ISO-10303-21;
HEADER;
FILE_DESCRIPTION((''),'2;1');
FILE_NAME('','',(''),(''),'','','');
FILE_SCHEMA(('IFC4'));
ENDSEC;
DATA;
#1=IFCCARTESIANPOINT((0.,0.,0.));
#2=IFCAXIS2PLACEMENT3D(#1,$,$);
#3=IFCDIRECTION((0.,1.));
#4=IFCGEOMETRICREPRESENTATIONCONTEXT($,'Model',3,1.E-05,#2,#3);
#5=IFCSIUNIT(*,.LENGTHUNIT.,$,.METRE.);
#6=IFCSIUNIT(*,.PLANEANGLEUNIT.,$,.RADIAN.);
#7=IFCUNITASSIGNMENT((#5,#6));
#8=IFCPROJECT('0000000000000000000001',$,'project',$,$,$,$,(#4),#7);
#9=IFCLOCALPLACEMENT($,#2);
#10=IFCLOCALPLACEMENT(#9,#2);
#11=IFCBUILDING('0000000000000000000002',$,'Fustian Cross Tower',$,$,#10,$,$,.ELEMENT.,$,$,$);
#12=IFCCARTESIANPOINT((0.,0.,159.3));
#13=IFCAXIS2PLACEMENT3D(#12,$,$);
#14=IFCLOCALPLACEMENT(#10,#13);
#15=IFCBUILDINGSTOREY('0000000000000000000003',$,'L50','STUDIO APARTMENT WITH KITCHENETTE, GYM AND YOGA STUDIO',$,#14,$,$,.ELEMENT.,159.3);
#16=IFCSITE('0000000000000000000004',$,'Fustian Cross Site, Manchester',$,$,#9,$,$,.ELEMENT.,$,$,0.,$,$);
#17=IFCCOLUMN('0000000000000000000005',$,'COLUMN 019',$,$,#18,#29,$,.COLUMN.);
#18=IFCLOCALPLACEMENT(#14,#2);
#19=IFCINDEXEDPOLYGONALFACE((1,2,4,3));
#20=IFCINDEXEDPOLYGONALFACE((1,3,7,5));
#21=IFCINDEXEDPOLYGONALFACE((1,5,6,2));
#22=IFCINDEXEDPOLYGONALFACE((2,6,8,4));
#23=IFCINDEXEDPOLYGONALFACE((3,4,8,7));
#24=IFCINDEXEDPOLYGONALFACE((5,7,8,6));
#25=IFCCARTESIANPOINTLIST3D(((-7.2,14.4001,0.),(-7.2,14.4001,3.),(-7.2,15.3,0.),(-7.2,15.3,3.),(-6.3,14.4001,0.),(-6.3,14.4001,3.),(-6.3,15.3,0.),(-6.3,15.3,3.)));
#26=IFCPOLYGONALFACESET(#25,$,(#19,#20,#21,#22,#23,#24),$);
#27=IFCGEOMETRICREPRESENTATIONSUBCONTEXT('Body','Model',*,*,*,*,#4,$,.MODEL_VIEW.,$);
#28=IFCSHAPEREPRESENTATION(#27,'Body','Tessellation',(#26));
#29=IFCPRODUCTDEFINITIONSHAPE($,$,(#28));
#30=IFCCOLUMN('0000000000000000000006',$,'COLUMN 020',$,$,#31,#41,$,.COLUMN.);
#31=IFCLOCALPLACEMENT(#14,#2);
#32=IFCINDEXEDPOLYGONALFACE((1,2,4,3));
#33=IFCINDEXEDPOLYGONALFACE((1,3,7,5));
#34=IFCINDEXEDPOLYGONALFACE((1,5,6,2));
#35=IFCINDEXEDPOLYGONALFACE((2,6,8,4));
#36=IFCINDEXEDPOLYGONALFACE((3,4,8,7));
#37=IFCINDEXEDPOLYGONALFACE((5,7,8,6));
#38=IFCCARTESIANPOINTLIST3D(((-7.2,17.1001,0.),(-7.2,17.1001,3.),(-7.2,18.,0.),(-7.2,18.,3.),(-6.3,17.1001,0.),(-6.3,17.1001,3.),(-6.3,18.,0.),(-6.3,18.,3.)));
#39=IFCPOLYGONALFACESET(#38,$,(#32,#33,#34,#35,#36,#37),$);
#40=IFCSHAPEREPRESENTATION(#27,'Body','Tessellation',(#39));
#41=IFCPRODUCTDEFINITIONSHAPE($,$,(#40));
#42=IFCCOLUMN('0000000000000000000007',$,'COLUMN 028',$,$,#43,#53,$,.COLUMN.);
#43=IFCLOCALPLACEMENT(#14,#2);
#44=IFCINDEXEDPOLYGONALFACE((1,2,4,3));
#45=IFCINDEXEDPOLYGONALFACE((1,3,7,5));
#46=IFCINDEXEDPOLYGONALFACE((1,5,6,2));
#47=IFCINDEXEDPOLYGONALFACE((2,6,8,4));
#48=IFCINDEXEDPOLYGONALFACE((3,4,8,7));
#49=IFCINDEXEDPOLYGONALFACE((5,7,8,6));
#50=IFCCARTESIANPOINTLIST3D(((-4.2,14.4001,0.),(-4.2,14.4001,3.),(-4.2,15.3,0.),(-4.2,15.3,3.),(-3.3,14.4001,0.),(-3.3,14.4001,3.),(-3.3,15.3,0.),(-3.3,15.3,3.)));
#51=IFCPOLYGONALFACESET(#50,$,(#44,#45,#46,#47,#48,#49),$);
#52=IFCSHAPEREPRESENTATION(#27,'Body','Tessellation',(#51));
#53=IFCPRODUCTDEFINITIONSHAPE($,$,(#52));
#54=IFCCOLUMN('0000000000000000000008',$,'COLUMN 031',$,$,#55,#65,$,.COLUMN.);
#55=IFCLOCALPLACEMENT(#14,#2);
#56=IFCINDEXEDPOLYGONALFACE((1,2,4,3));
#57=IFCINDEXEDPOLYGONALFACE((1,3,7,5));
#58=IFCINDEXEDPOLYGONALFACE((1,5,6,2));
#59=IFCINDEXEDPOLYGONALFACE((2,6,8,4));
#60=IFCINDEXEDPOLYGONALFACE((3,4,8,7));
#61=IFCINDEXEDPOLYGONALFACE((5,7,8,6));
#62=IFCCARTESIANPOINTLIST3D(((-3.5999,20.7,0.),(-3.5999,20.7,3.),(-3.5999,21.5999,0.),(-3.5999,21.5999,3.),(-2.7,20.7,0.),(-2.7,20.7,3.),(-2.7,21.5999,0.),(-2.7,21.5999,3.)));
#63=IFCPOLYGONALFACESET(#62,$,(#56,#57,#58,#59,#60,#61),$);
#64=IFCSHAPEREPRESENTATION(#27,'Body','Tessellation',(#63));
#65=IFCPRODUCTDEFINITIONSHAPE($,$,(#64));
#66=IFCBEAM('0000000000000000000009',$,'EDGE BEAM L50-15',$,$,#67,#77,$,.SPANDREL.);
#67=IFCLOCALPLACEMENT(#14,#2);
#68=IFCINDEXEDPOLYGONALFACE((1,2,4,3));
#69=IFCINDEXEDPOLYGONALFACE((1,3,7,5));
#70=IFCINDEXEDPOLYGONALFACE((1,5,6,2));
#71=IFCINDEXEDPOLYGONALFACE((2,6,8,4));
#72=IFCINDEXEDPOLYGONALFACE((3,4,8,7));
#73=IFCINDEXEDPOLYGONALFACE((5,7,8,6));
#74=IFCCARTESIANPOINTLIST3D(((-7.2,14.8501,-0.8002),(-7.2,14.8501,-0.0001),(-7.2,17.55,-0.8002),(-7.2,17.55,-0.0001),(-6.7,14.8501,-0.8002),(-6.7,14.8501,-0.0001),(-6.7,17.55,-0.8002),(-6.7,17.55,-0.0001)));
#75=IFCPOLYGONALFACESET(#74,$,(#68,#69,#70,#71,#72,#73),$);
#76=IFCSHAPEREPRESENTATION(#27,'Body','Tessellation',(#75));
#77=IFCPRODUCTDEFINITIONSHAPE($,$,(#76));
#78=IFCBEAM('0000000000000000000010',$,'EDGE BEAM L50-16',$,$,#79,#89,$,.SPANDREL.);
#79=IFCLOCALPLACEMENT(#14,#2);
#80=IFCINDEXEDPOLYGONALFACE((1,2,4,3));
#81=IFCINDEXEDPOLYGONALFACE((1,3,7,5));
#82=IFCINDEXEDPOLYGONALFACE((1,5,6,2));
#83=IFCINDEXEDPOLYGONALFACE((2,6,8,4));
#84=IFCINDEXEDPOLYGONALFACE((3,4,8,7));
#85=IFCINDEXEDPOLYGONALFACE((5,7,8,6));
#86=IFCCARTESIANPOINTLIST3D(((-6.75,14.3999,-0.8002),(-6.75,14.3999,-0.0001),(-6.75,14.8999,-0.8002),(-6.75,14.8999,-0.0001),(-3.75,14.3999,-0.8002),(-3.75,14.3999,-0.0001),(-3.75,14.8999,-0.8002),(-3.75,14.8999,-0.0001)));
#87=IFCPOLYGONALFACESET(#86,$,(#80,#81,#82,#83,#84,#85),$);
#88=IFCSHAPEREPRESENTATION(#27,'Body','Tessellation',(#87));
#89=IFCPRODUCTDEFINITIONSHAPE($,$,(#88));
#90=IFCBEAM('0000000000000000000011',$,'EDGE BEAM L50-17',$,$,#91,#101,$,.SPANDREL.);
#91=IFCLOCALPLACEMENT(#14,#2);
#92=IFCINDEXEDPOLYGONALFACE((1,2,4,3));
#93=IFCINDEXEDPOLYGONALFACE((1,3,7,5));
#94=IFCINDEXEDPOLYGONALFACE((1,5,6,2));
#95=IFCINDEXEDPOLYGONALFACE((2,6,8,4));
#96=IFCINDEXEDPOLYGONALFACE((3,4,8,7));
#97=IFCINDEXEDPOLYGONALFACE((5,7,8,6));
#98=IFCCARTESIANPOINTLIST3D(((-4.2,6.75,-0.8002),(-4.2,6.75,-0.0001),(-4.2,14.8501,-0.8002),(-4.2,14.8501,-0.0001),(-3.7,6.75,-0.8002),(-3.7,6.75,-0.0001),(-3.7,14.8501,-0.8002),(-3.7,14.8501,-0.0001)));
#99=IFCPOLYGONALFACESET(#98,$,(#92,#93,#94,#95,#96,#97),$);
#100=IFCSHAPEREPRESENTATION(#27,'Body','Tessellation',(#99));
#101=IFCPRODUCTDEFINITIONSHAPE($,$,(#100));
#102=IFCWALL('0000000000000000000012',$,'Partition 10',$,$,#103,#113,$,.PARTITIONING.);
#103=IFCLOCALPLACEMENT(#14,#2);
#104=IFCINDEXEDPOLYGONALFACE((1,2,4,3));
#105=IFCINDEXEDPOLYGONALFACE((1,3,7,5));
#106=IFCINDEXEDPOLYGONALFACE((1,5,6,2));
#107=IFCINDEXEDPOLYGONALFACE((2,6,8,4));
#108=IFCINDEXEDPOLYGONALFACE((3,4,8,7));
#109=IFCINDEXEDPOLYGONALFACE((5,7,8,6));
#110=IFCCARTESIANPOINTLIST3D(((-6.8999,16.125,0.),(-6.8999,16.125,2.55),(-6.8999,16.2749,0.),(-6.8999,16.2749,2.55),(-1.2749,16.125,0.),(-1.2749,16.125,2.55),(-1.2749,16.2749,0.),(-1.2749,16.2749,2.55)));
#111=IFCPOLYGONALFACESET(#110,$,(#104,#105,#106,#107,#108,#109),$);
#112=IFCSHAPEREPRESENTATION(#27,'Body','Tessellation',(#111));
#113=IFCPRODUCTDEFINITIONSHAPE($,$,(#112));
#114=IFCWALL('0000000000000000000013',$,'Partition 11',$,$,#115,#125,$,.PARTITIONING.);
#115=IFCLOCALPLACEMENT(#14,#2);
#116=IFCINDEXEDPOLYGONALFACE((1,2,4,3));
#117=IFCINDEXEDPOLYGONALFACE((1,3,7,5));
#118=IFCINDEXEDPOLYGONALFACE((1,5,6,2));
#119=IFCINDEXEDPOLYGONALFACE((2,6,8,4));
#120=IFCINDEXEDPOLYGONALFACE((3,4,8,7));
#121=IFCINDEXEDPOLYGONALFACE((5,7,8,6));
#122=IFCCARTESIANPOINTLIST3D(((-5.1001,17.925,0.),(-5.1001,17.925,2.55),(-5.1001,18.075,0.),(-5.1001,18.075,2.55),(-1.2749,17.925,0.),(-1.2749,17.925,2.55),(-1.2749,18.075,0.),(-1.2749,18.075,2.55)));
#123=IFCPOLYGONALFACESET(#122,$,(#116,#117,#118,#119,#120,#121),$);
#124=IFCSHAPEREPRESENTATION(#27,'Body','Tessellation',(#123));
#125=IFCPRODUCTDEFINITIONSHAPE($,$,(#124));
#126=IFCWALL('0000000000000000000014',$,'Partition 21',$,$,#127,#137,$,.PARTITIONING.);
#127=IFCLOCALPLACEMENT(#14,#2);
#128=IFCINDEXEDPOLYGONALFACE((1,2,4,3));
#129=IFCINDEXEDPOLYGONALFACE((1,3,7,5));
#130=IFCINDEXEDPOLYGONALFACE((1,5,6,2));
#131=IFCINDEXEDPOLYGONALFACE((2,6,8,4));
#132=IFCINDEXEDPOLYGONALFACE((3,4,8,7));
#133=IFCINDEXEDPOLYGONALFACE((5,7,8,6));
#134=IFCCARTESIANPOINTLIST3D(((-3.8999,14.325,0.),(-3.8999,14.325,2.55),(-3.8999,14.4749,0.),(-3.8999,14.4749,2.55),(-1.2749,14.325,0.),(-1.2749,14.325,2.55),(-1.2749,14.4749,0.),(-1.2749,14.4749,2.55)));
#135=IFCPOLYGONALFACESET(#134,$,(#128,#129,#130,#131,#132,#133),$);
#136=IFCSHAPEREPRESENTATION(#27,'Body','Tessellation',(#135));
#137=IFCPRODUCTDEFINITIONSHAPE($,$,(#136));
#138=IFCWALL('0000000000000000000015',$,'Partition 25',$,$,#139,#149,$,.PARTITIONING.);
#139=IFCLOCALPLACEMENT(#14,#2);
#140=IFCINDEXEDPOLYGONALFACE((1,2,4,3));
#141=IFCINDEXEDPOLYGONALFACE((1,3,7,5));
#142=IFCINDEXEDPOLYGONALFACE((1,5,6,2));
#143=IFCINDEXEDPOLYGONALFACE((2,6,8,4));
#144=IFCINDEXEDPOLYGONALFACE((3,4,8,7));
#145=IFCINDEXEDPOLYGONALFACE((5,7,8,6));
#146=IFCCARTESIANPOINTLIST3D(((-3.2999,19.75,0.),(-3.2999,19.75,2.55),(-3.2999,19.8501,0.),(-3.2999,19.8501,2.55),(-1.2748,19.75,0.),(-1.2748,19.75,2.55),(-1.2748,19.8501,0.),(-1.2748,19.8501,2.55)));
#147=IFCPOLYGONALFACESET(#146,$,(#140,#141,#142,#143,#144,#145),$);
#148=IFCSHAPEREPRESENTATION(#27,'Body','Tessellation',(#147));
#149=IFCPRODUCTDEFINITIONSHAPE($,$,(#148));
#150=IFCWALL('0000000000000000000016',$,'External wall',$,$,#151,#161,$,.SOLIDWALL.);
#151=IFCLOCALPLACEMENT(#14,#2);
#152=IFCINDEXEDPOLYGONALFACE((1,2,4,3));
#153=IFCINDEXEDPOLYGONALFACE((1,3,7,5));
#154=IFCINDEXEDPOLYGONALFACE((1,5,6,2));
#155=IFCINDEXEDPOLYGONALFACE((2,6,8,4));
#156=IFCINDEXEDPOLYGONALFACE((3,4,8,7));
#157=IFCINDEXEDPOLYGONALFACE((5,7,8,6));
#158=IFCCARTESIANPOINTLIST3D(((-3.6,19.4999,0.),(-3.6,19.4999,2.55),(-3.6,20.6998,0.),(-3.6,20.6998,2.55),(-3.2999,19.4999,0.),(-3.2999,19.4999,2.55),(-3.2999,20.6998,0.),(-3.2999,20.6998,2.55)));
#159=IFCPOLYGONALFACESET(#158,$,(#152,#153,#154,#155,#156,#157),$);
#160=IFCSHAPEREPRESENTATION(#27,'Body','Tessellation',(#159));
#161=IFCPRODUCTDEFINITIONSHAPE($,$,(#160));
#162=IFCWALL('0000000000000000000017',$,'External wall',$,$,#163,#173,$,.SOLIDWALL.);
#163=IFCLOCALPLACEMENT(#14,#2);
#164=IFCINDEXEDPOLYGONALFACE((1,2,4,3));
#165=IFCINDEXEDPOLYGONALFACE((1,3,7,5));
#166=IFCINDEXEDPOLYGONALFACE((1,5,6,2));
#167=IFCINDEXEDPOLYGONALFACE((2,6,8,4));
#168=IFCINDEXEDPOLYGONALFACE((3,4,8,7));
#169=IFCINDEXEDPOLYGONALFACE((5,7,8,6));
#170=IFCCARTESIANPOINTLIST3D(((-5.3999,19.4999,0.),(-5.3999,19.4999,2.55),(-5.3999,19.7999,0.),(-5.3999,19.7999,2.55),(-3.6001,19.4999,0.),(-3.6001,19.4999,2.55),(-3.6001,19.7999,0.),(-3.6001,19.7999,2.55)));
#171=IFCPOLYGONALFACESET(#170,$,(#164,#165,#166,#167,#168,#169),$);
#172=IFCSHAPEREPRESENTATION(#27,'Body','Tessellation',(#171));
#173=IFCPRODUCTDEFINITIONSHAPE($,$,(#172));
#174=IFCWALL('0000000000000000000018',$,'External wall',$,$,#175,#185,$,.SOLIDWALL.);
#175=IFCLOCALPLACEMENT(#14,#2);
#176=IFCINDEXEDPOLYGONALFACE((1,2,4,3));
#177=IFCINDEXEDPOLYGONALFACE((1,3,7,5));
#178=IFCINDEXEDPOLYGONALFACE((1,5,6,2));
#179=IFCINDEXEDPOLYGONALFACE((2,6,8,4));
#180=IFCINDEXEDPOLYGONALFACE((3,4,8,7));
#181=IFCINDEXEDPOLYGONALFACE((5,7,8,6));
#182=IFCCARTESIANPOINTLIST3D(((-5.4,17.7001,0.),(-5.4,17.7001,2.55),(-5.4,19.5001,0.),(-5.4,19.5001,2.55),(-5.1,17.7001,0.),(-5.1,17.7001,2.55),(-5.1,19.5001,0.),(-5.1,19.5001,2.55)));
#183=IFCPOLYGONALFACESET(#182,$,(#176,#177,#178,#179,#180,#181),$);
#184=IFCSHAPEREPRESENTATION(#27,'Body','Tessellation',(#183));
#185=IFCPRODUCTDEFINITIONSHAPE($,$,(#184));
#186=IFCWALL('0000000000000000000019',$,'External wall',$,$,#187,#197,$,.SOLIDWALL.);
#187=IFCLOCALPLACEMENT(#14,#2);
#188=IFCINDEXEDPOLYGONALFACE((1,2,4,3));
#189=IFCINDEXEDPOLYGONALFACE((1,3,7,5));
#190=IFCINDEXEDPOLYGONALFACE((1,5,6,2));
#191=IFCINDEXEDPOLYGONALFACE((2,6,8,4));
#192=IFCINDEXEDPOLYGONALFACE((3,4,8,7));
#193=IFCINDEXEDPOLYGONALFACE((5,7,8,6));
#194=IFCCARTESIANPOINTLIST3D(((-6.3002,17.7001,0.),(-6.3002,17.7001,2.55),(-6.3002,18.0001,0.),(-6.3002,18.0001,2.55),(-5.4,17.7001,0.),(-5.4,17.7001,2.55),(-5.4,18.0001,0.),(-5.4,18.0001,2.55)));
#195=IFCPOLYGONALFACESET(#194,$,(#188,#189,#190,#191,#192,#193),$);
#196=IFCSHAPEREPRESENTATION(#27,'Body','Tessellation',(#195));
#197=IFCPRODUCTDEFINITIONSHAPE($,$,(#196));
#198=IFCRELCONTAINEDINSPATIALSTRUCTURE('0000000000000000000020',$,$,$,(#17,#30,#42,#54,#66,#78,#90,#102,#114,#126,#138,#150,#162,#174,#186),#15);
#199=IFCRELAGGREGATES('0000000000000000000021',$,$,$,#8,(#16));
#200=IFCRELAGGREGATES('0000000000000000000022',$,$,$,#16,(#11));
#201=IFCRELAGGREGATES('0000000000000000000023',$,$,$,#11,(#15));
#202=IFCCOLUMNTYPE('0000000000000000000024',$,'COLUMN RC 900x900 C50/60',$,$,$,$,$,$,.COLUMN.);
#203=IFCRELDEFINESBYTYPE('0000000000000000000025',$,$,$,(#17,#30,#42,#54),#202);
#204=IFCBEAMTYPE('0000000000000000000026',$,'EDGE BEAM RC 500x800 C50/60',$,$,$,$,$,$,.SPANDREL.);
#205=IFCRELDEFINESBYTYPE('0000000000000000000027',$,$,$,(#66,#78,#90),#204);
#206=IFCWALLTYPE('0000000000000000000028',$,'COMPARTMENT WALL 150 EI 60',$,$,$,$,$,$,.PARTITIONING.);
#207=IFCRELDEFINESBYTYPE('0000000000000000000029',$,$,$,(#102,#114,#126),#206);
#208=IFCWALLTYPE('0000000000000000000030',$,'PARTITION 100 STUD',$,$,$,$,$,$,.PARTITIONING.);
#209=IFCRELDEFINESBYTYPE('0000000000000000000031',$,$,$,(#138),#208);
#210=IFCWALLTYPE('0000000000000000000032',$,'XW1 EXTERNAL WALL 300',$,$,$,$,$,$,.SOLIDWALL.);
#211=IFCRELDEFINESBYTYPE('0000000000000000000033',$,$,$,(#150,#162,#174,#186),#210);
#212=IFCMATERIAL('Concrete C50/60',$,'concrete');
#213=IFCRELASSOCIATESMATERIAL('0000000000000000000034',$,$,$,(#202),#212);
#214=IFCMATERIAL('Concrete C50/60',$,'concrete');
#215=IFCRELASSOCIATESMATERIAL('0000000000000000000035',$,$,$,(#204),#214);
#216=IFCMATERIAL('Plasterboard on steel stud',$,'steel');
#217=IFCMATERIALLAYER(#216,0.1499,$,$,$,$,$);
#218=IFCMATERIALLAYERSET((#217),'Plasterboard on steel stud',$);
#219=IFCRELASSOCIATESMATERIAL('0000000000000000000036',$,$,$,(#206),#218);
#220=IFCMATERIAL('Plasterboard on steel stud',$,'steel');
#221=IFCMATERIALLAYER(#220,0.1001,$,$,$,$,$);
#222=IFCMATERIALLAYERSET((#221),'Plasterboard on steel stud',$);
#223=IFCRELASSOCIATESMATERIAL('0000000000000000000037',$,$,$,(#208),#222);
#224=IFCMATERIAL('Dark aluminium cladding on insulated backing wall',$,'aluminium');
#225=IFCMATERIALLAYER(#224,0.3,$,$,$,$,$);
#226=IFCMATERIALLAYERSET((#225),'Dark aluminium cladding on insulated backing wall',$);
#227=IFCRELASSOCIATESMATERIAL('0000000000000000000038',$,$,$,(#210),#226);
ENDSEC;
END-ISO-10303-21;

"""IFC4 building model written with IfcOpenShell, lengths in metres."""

from ifc_helpers import new_model, si_unit, direction, frame, frame_2d, origin, origin_2d, place, context, subcontext, project, spatial, rectangle, extrude, material, layer, layer_set, material_profile, profile_set, type_object, element, save


model = new_model("IFC4")

# Units and contexts
model_context = context("Model", 3, precision=1e-05, world=origin(), true_north=direction((0.0, 1.0)))
body_context = subcontext(model_context, "Body", "Model", "MODEL_VIEW")
ifc_project = project(units=[si_unit("LENGTHUNIT", "METRE"), si_unit("PLANEANGLEUNIT", "RADIAN")], contexts=[model_context])

# Site, building, storey
site_placement = place(None, origin())
site = spatial("IfcSite", under=ifc_project, at=site_placement, Name="Fustian Cross Site, Manchester", CompositionType="ELEMENT", RefElevation=0.0)
building_placement = place(site_placement, origin())
building = spatial("IfcBuilding", under=site, at=building_placement, Name="Fustian Cross Tower", CompositionType="ELEMENT")
storey_placement = place(building_placement, frame((0.0, 0.0, 159.3)))
storey = spatial("IfcBuildingStorey", under=building, at=storey_placement, Name="L50", Description="STUDIO APARTMENT WITH KITCHENETTE, GYM AND YOGA STUDIO", CompositionType="ELEMENT", Elevation=159.3)

# Columns
ifc_material_1 = material(Name="Concrete C50/60", Category="concrete")
ifc_material_profile_1 = material_profile(ifc_material_1, rectangle(XDim=0.8999, YDim=0.8999, at=origin_2d()), Name="RC 900x900")
ifc_profile_set_1 = profile_set([ifc_material_profile_1], Name="Concrete C50/60")
column_type = type_object("IfcColumnType", Name="COLUMN RC 900x900 C50/60", PredefinedType="COLUMN", material=ifc_profile_set_1)
for number, where, z_axis, x_axis, name in (
    (1, (-6.75, 14.8501, 0.0), (0.0, 0.0, 1.0), (1.0, 0.0, 0.0), "COLUMN 019"),
    (2, (-6.75, 17.55, 0.0), (0.0, 0.0, 1.0), (1.0, 0.0, 0.0), "COLUMN 020"),
    (3, (-3.75, 14.8501, 0.0), (0.0, 0.0, 1.0), (1.0, 0.0, 0.0), "COLUMN 028"),
    (4, (-3.1499, 21.1499, 0.0), (0.0, 0.0, 1.0), (1.0, 0.0, 0.0), "COLUMN 031"),
):
    element("IfcColumn", number, at=place(storey_placement, frame(where, z_axis=z_axis, x_axis=x_axis)), inside=storey, type_object=column_type, Name=name, PredefinedType="COLUMN", context=body_context, shape_type="SweptSolid", body=[
        extrude(rectangle(XDim=0.8999, YDim=0.8999, at=origin_2d()), origin(), (0.0, 0.0, 1.0), 3.0),
    ])

# Beams
ifc_material_2 = material(Name="Concrete C50/60", Category="concrete")
ifc_material_profile_2 = material_profile(ifc_material_2, rectangle(XDim=0.5, YDim=0.8, at=origin_2d()), Name="RC 500x800")
ifc_profile_set_2 = profile_set([ifc_material_profile_2], Name="Concrete C50/60")
beam_type = type_object("IfcBeamType", Name="EDGE BEAM RC 500x800 C50/60", PredefinedType="SPANDREL", material=ifc_profile_set_2)
beam_1_placement = place(storey_placement, frame((-6.95, 17.55, -0.4001), z_axis=(0.0, -1.0, 0.0), x_axis=(1.0, 0.0, 0.0)))
element("IfcBeam", 5, at=beam_1_placement, inside=storey, type_object=beam_type, Name="EDGE BEAM L50-15", PredefinedType="SPANDREL", context=body_context, shape_type="SweptSolid", body=[
    extrude(rectangle(XDim=0.5, YDim=0.8, at=origin_2d()), origin(), (0.0, 0.0, 1.0), 2.7),
])
beam_2_placement = place(storey_placement, frame((-6.75, 14.6499, -0.4001), z_axis=(1.0, 0.0, 0.0), x_axis=(0.0, 1.0, 0.0)))
element("IfcBeam", 6, at=beam_2_placement, inside=storey, type_object=beam_type, Name="EDGE BEAM L50-16", PredefinedType="SPANDREL", context=body_context, shape_type="SweptSolid", body=[
    extrude(rectangle(XDim=0.5, YDim=0.8, at=origin_2d()), origin(), (0.0, 0.0, 1.0), 3.0),
])
beam_3_placement = place(storey_placement, frame((-3.95, 14.8501, -0.4001), z_axis=(0.0, -1.0, 0.0), x_axis=(1.0, 0.0, 0.0)))
element("IfcBeam", 7, at=beam_3_placement, inside=storey, type_object=beam_type, Name="EDGE BEAM L50-17", PredefinedType="SPANDREL", context=body_context, shape_type="SweptSolid", body=[
    extrude(rectangle(XDim=0.5, YDim=0.8, at=origin_2d()), origin(), (0.0, 0.0, 1.0), 8.1001),
])

# Walls
ifc_material_3 = material(Name="Plasterboard on steel stud", Category="steel")
ifc_layer_1 = layer(ifc_material_3, 0.1499)
ifc_layer_set_1 = layer_set([ifc_layer_1], Name="Plasterboard on steel stud")
wall_type_1 = type_object("IfcWallType", Name="COMPARTMENT WALL 150 EI 60", PredefinedType="PARTITIONING", material=ifc_layer_set_1)
wall_1_placement = place(storey_placement, frame((-6.8999, 16.2, 0.0), z_axis=(0.0, 0.0, 1.0), x_axis=(1.0, 0.0, 0.0)))
element("IfcWall", 8, at=wall_1_placement, inside=storey, type_object=wall_type_1, Name="Partition 10", PredefinedType="PARTITIONING", context=body_context, shape_type="SweptSolid", body=[
    extrude(rectangle(XDim=5.625, YDim=0.1499, at=frame_2d((2.8125, 0.0))), origin(), (0.0, 0.0, 1.0), 2.55),
])
wall_2_placement = place(storey_placement, frame((-5.1001, 18.0, 0.0), z_axis=(0.0, 0.0, 1.0), x_axis=(1.0, 0.0, 0.0)))
element("IfcWall", 9, at=wall_2_placement, inside=storey, type_object=wall_type_1, Name="Partition 11", PredefinedType="PARTITIONING", context=body_context, shape_type="SweptSolid", body=[
    extrude(rectangle(XDim=3.8252, YDim=0.1499, at=frame_2d((1.9126, 0.0))), origin(), (0.0, 0.0, 1.0), 2.55),
])
wall_3_placement = place(storey_placement, frame((-3.8999, 14.3999, 0.0), z_axis=(0.0, 0.0, 1.0), x_axis=(1.0, 0.0, 0.0)))
element("IfcWall", 10, at=wall_3_placement, inside=storey, type_object=wall_type_1, Name="Partition 21", PredefinedType="PARTITIONING", context=body_context, shape_type="SweptSolid", body=[
    extrude(rectangle(XDim=2.625, YDim=0.1499, at=frame_2d((1.3125, 0.0))), origin(), (0.0, 0.0, 1.0), 2.55),
])
ifc_material_4 = material(Name="Plasterboard on steel stud", Category="steel")
ifc_layer_2 = layer(ifc_material_4, 0.1001)
ifc_layer_set_2 = layer_set([ifc_layer_2], Name="Plasterboard on steel stud")
wall_type_2 = type_object("IfcWallType", Name="PARTITION 100 STUD", PredefinedType="PARTITIONING", material=ifc_layer_set_2)
wall_4_placement = place(storey_placement, frame((-3.3, 19.8, 0.0), z_axis=(0.0, 0.0, 1.0), x_axis=(1.0, 0.0, 0.0)))
element("IfcWall", 11, at=wall_4_placement, inside=storey, type_object=wall_type_2, Name="Partition 25", PredefinedType="PARTITIONING", context=body_context, shape_type="SweptSolid", body=[
    extrude(rectangle(XDim=2.0251, YDim=0.1001, at=frame_2d((1.0127, 0.0))), origin(), (0.0, 0.0, 1.0), 2.55),
])
ifc_material_5 = material(Name="Dark aluminium cladding on insulated backing wall", Category="aluminium")
ifc_layer_3 = layer(ifc_material_5, 0.3)
ifc_layer_set_3 = layer_set([ifc_layer_3], Name="Dark aluminium cladding on insulated backing wall")
wall_type_3 = type_object("IfcWallType", Name="XW1 EXTERNAL WALL 300", PredefinedType="SOLIDWALL", material=ifc_layer_set_3)
wall_5_placement = place(storey_placement, frame((-3.45, 20.7, 0.0), z_axis=(0.0, 0.0, 1.0), x_axis=(0.0, -1.0, 0.0)))
element("IfcWall", 12, at=wall_5_placement, inside=storey, type_object=wall_type_3, Name="External wall", PredefinedType="SOLIDWALL", context=body_context, shape_type="SweptSolid", body=[
    extrude(rectangle(XDim=1.2, YDim=0.3, at=frame_2d((0.6001, 0.0))), origin(), (0.0, 0.0, 1.0), 2.55),
])
wall_6_placement = place(storey_placement, frame((-3.6001, 19.6499, 0.0), z_axis=(0.0, 0.0, 1.0), x_axis=(-1.0, 0.0, 0.0)))
element("IfcWall", 13, at=wall_6_placement, inside=storey, type_object=wall_type_3, Name="External wall", PredefinedType="SOLIDWALL", context=body_context, shape_type="SweptSolid", body=[
    extrude(rectangle(XDim=1.7998, YDim=0.3, at=frame_2d((0.8999, 0.0))), origin(), (0.0, 0.0, 1.0), 2.55),
])
wall_7_placement = place(storey_placement, frame((-5.25, 19.5, 0.0), z_axis=(0.0, 0.0, 1.0), x_axis=(0.0, -1.0, 0.0)))
element("IfcWall", 14, at=wall_7_placement, inside=storey, type_object=wall_type_3, Name="External wall", PredefinedType="SOLIDWALL", context=body_context, shape_type="SweptSolid", body=[
    extrude(rectangle(XDim=1.8, YDim=0.3, at=frame_2d((0.8999, 0.0))), origin(), (0.0, 0.0, 1.0), 2.55),
])
wall_8_placement = place(storey_placement, frame((-5.3999, 17.8501, 0.0), z_axis=(0.0, 0.0, 1.0), x_axis=(-1.0, 0.0, 0.0)))
element("IfcWall", 15, at=wall_8_placement, inside=storey, type_object=wall_type_3, Name="External wall", PredefinedType="SOLIDWALL", context=body_context, shape_type="SweptSolid", body=[
    extrude(rectangle(XDim=0.9001, YDim=0.3, at=frame_2d((0.4502, 0.0))), origin(), (0.0, 0.0, 1.0), 2.55),
])

save(model, "model.ifc")
